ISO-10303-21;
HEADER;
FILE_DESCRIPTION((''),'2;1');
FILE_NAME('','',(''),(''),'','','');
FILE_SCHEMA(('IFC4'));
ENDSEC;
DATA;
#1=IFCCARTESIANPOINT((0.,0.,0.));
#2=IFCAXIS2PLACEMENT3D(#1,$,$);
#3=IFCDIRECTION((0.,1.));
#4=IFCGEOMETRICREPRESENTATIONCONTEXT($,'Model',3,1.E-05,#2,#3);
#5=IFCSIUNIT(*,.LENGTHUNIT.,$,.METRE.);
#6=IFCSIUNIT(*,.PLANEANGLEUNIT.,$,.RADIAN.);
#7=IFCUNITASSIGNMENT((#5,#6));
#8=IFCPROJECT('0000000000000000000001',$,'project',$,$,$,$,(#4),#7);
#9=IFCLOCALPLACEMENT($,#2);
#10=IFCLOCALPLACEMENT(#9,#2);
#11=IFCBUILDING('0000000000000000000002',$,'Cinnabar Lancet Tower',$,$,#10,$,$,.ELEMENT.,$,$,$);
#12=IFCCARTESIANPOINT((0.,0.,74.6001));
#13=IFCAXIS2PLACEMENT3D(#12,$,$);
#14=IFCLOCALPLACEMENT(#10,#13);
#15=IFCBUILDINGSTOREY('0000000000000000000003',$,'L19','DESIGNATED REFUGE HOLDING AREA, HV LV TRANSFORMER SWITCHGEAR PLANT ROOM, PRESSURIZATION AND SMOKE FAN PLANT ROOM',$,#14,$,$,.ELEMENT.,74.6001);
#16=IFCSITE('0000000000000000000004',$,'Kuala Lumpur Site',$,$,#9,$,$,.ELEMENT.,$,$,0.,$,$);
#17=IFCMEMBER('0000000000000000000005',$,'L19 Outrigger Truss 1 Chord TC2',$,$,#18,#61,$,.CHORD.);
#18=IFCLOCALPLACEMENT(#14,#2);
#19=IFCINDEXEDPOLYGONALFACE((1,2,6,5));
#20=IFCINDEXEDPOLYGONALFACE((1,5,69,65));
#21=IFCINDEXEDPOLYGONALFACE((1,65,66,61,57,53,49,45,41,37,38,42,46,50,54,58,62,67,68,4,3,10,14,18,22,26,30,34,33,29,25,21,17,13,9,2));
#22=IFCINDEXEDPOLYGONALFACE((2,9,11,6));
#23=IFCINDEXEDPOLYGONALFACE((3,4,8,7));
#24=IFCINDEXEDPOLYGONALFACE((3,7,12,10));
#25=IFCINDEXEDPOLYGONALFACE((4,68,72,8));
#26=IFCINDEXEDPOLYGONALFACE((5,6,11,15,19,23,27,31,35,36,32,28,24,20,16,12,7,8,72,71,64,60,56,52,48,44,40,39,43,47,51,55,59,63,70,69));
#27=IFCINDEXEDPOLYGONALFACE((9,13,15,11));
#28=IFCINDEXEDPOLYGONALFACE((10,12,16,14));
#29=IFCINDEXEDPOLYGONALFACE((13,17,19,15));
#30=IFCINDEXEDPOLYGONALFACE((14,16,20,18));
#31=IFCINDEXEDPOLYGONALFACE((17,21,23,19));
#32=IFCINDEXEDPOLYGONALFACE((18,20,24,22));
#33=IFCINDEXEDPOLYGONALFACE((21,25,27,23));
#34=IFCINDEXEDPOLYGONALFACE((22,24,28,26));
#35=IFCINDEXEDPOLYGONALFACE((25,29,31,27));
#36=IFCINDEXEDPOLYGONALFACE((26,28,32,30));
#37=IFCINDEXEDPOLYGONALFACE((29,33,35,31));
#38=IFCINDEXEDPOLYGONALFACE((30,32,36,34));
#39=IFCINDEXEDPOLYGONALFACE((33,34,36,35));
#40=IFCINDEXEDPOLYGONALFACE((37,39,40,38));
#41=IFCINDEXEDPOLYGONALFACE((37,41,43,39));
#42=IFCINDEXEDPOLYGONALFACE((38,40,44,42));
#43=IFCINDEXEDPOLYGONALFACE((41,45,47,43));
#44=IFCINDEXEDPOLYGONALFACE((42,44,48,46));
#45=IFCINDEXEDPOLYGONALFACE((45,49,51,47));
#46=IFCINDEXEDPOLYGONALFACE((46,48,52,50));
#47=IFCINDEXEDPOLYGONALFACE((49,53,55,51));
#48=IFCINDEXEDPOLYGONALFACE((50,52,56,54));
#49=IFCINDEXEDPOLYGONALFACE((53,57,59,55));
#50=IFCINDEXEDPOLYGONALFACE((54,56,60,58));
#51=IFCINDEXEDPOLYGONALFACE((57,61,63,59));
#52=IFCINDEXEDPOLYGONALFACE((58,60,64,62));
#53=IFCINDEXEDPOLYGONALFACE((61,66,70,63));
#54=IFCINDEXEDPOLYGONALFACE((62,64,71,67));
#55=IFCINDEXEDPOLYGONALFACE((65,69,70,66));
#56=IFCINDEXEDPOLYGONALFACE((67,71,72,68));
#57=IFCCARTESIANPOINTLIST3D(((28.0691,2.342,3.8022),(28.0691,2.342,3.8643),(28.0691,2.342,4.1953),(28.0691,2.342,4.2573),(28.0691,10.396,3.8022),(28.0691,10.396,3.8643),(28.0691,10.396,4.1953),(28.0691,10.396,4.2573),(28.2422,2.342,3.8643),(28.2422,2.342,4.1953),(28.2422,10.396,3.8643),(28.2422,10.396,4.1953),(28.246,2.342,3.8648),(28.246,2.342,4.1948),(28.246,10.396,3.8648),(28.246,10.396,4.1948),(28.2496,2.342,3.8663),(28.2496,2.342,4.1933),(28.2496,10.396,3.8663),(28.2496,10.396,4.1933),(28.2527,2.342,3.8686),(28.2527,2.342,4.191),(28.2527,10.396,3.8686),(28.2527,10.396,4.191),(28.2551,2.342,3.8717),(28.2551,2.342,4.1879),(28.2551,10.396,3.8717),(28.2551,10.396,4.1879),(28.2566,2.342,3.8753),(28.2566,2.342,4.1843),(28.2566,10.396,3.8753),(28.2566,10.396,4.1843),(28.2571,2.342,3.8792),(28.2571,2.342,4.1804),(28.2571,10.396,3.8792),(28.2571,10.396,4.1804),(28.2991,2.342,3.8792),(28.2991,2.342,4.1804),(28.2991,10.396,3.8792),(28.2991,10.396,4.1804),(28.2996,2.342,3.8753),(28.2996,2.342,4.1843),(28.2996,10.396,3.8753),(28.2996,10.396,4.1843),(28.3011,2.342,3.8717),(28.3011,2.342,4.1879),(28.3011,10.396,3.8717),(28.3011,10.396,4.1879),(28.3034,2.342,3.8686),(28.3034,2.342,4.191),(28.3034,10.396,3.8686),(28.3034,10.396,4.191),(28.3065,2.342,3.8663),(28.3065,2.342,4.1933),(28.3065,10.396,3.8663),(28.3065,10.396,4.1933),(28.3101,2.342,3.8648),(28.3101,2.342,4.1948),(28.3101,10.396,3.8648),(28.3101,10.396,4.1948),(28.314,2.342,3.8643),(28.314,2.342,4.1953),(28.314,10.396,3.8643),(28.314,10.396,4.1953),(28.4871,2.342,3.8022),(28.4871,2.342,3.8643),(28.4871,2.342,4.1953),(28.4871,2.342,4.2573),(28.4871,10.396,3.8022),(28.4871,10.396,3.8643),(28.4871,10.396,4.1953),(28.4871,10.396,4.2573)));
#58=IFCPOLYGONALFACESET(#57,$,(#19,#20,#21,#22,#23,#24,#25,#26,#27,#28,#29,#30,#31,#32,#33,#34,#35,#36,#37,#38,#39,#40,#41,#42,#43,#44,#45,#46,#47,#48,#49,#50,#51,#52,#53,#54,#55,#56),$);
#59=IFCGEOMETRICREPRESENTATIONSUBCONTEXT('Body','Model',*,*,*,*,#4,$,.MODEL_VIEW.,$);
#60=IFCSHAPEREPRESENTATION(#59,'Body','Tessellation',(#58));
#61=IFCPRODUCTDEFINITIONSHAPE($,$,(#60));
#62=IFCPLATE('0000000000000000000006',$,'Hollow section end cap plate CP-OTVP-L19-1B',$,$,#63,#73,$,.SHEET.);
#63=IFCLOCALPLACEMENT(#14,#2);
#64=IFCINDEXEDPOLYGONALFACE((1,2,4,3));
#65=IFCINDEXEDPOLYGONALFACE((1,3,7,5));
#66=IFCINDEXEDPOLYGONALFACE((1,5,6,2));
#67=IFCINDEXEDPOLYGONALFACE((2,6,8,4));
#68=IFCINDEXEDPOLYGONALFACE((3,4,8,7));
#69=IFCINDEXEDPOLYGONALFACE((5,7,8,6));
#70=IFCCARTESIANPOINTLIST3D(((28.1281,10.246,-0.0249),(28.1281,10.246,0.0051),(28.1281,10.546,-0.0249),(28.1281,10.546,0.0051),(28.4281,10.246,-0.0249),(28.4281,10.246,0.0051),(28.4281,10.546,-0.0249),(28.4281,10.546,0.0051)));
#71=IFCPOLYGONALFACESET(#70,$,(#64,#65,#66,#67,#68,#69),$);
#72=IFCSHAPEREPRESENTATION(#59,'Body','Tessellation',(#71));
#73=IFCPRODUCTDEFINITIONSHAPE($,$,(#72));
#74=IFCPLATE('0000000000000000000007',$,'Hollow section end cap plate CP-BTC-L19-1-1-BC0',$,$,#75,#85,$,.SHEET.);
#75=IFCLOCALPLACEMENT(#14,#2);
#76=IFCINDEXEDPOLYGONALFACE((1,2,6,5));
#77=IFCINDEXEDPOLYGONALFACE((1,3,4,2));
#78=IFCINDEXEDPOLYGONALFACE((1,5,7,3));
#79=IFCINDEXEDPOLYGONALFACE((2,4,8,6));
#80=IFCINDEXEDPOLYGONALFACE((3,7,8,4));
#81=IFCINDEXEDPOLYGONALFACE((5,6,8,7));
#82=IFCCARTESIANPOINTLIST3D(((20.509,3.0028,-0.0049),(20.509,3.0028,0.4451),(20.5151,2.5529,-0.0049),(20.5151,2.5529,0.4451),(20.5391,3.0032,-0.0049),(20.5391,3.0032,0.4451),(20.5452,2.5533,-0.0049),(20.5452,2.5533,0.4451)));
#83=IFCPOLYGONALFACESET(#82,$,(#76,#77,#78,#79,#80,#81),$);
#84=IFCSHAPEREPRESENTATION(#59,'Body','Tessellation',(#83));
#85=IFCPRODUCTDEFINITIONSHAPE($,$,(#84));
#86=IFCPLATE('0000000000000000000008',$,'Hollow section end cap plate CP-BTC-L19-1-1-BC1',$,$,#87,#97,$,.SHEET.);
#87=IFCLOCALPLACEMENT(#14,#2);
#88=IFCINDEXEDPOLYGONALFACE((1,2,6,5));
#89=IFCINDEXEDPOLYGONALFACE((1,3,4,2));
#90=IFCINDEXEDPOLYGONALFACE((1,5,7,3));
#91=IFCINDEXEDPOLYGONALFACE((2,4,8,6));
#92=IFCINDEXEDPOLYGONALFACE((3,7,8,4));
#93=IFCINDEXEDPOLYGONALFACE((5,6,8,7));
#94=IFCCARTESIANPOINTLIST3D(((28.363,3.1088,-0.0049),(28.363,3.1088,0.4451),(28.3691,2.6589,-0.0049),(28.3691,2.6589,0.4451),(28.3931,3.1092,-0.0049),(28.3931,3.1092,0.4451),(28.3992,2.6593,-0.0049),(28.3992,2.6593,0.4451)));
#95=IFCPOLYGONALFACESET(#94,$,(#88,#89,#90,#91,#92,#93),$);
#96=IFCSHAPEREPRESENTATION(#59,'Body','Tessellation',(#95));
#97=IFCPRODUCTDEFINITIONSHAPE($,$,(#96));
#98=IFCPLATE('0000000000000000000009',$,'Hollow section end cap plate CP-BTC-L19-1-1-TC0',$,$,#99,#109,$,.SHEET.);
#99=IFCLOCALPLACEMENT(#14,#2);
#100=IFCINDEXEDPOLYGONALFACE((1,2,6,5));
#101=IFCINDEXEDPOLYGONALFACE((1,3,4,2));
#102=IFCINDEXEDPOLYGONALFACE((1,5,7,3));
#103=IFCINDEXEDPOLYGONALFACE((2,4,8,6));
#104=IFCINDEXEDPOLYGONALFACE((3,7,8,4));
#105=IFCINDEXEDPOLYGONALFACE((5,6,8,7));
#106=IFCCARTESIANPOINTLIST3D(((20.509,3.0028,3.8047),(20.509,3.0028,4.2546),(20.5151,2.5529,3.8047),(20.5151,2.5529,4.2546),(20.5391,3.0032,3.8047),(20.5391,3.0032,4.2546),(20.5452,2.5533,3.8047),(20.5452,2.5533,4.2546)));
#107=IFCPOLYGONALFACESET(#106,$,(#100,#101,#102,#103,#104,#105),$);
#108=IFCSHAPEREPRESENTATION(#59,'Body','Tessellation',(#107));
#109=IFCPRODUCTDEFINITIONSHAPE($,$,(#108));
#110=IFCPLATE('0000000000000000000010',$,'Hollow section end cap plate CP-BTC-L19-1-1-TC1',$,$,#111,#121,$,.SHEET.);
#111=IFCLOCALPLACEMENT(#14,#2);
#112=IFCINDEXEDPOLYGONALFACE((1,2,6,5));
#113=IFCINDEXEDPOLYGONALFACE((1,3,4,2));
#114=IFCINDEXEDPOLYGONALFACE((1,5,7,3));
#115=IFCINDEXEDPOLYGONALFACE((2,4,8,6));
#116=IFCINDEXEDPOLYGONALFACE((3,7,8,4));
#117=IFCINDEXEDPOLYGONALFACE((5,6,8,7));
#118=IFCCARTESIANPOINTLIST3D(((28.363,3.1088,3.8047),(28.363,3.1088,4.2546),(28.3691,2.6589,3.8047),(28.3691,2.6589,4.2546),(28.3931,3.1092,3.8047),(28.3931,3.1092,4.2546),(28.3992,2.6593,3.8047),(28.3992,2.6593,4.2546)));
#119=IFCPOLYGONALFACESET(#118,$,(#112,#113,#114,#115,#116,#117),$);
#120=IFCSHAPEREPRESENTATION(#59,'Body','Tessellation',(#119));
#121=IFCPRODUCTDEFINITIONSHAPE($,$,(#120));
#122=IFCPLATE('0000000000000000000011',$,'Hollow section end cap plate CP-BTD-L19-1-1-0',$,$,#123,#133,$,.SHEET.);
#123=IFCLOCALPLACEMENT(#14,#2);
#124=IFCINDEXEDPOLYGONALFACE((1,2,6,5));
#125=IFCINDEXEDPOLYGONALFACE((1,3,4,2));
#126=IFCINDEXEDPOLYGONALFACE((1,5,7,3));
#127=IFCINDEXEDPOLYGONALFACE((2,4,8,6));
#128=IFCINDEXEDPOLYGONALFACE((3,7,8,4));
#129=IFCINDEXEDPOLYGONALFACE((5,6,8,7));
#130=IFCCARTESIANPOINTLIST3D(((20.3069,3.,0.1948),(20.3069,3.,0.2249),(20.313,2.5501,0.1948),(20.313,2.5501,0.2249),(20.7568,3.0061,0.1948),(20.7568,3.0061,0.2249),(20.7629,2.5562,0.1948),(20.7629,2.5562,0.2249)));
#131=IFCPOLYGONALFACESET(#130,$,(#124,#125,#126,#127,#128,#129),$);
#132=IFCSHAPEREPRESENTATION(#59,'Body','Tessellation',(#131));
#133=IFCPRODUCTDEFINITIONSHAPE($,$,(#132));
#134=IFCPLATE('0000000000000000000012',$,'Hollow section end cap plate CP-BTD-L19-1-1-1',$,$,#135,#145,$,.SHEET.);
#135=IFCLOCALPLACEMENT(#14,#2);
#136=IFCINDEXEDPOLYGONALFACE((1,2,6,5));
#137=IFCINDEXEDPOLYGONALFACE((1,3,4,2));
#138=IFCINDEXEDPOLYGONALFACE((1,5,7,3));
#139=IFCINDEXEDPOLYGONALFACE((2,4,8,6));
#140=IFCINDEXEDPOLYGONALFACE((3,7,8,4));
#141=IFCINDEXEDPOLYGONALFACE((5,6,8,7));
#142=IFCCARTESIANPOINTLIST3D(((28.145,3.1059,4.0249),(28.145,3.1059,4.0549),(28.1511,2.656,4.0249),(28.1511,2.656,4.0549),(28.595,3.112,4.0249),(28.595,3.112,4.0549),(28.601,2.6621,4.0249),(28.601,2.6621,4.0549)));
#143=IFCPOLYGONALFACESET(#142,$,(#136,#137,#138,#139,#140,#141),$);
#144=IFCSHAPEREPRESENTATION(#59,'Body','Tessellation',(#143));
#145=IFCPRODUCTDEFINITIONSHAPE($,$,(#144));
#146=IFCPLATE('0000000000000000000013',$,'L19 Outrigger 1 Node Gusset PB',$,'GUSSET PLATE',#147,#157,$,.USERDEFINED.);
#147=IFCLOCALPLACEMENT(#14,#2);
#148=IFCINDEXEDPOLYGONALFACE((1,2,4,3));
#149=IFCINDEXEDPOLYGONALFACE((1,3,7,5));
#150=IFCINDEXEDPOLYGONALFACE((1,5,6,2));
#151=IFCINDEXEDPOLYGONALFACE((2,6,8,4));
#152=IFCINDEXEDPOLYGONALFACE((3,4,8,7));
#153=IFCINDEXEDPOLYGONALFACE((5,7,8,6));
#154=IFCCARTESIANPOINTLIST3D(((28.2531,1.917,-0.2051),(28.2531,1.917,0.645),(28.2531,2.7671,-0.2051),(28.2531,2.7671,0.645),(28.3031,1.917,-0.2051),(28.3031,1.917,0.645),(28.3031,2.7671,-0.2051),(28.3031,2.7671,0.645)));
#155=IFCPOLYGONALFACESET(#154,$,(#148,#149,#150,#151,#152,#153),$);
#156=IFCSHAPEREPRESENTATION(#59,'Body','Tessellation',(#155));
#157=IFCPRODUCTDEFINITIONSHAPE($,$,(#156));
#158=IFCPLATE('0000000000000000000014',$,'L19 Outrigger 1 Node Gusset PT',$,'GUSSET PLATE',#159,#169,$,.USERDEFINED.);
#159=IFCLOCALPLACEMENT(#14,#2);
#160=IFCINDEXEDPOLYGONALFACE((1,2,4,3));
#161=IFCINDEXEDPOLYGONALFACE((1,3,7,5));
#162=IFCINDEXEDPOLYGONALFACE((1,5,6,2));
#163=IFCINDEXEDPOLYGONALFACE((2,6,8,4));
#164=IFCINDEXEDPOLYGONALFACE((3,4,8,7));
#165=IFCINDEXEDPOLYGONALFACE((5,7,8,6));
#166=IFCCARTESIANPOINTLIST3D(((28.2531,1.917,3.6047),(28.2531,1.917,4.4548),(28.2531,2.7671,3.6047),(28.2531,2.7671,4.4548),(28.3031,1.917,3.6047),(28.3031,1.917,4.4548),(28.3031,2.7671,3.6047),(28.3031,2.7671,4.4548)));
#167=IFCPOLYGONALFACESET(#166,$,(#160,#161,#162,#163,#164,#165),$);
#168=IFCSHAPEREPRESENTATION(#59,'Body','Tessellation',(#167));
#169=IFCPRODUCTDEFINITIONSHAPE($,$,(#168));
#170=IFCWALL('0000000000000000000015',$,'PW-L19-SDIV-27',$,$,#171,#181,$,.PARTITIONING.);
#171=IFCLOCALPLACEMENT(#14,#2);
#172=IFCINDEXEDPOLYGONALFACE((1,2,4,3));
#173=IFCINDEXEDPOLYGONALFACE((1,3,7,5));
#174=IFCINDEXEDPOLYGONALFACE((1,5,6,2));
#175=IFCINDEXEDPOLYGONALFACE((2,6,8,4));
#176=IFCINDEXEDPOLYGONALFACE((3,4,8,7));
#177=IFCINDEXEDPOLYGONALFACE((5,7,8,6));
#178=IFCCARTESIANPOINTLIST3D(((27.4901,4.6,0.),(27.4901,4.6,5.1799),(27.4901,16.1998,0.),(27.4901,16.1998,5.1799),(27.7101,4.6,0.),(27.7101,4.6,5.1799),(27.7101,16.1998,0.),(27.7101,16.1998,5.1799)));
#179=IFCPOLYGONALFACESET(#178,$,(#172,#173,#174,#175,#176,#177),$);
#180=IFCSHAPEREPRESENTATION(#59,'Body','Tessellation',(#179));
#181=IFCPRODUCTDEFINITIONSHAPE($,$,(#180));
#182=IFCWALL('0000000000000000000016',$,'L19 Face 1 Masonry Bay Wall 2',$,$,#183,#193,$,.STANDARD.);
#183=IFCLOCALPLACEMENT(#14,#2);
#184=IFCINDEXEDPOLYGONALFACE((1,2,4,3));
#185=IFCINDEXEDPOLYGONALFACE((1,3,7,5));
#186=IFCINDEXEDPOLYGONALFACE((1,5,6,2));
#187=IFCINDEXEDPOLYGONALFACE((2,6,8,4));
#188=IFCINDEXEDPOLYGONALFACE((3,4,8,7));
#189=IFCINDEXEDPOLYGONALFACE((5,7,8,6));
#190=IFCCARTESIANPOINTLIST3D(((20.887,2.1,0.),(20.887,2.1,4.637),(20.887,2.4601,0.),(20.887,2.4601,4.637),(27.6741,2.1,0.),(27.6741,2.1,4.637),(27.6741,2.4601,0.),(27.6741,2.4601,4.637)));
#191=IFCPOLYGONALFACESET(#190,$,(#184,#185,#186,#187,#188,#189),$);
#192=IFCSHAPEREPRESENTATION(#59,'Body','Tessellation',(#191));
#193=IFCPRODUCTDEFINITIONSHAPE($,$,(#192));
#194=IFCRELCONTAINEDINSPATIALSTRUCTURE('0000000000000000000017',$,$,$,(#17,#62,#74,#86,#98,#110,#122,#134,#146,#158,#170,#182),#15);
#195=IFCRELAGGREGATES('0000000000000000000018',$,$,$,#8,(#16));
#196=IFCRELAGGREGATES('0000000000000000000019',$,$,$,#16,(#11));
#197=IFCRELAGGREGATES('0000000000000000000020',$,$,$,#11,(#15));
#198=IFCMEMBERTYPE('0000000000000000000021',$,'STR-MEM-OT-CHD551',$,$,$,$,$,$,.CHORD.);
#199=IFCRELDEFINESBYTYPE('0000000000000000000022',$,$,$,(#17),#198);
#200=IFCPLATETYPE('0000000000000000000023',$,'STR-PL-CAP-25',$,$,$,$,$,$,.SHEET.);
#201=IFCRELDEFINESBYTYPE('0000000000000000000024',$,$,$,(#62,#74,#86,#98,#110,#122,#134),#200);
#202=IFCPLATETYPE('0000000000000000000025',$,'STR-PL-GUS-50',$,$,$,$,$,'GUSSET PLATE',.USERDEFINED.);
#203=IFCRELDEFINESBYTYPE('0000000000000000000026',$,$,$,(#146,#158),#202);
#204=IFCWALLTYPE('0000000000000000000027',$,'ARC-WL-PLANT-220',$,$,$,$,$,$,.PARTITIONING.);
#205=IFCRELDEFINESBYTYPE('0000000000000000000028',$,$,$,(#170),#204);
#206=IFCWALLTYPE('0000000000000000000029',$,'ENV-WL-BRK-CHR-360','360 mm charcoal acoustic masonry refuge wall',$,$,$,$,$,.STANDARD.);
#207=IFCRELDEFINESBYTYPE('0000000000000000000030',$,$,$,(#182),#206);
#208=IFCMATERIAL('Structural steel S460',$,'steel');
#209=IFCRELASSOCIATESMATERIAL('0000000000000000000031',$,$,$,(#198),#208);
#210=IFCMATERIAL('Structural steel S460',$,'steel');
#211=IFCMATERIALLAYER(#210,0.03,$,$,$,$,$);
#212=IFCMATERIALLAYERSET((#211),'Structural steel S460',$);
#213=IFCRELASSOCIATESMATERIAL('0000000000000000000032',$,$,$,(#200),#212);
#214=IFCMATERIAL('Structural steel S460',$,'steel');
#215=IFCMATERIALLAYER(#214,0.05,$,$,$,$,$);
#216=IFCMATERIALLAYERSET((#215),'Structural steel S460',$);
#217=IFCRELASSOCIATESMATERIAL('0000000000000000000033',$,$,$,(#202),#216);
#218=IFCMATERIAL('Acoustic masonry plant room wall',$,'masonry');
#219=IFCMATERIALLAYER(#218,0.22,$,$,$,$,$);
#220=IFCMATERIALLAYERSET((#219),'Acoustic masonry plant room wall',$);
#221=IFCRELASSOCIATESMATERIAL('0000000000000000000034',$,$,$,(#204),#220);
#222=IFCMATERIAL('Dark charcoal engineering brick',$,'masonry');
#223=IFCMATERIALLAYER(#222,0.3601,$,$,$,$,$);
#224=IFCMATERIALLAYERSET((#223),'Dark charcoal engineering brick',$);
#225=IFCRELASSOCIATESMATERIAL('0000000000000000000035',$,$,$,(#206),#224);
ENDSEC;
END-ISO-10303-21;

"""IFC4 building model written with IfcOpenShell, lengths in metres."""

from ifc_helpers import new_model, si_unit, direction, frame, frame_2d, origin, origin_2d, place, context, subcontext, project, spatial, rectangle, i_section, extrude, material, layer, layer_set, material_profile, profile_set, type_object, element, save


model = new_model("IFC4")

# Units and contexts
model_context = context("Model", 3, precision=1e-05, world=origin(), true_north=direction((0.0, 1.0)))
body_context = subcontext(model_context, "Body", "Model", "MODEL_VIEW")
ifc_project = project(units=[si_unit("LENGTHUNIT", "METRE"), si_unit("PLANEANGLEUNIT", "RADIAN")], contexts=[model_context])

# Site, building, storey
site_placement = place(None, origin())
site = spatial("IfcSite", under=ifc_project, at=site_placement, Name="Kuala Lumpur Site", CompositionType="ELEMENT", RefElevation=0.0)
building_placement = place(site_placement, origin())
building = spatial("IfcBuilding", under=site, at=building_placement, Name="Cinnabar Lancet Tower", CompositionType="ELEMENT")
storey_placement = place(building_placement, frame((0.0, 0.0, 74.6001)))
storey = spatial("IfcBuildingStorey", under=building, at=storey_placement, Name="L19", Description="DESIGNATED REFUGE HOLDING AREA, HV LV TRANSFORMER SWITCHGEAR PLANT ROOM, PRESSURIZATION AND SMOKE FAN PLANT ROOM", CompositionType="ELEMENT", Elevation=74.6001)

# Member
ifc_material_1 = material(Name="Structural steel S460", Category="steel")
ifc_material_profile_1 = material_profile(ifc_material_1, i_section(OverallWidth=0.418, OverallDepth=0.4551, WebThickness=0.042, FlangeThickness=0.062, FilletRadius=0.0149, at=origin_2d()), Name="HD 400x551")
ifc_profile_set_1 = profile_set([ifc_material_profile_1], Name="Structural steel S460")
member_type_1 = type_object("IfcMemberType", Name="STR-MEM-OT-CHD551", PredefinedType="CHORD", material=ifc_profile_set_1)
for number, where, z_axis, x_axis, name in (
    (1, (28.2781, 10.396, 4.0298), (0.0, -1.0, 0.0), (1.0, 0.0, 0.0), "L19 Outrigger Truss 1 Chord TC2"),
):
    element("IfcMember", number, at=place(storey_placement, frame(where, z_axis=z_axis, x_axis=x_axis)), inside=storey, type_object=member_type_1, Name=name, PredefinedType="CHORD", context=body_context, shape_type="SweptSolid", body=[
        extrude(i_section(OverallWidth=0.418, OverallDepth=0.4551, WebThickness=0.042, FlangeThickness=0.062, FilletRadius=0.0149, at=origin_2d()), origin(), (0.0, 0.0, 1.0), 8.054),
    ])

# Plates
ifc_material_2 = material(Name="Structural steel S460", Category="steel")
ifc_layer_1 = layer(ifc_material_2, 0.03)
ifc_layer_set_1 = layer_set([ifc_layer_1], Name="Structural steel S460")
plate_type_1 = type_object("IfcPlateType", Name="STR-PL-CAP-25", PredefinedType="SHEET", material=ifc_layer_set_1)
plate_placement = place(storey_placement, frame((28.2781, 10.396, -0.0249), z_axis=(0.0, 0.0, 1.0), x_axis=(1.0, 0.0, 0.0)))
element("IfcPlate", 2, at=plate_placement, inside=storey, type_object=plate_type_1, Name="Hollow section end cap plate CP-OTVP-L19-1B", PredefinedType="SHEET", context=body_context, shape_type="SweptSolid", body=[
    extrude(rectangle(XDim=0.3, YDim=0.3, at=origin_2d()), origin(), (0.0, 0.0, 1.0), 0.03),
])
for number, where, z_axis, x_axis, name in (
    (3, (20.5271, 2.7781, -0.0049), (0.0, 0.0, 1.0), (-0.999909, -0.013526, 0.0), "Hollow section end cap plate CP-BTC-L19-1-1-BC0"),
    (4, (28.3811, 2.884, -0.0049), (0.0, 0.0, 1.0), (0.999909, 0.013526, 0.0), "Hollow section end cap plate CP-BTC-L19-1-1-BC1"),
    (5, (20.5271, 2.7781, 3.8047), (0.0, 0.0, 1.0), (-0.999909, -0.013526, 0.0), "Hollow section end cap plate CP-BTC-L19-1-1-TC0"),
    (6, (28.3811, 2.884, 3.8047), (0.0, 0.0, 1.0), (0.999909, 0.013526, 0.0), "Hollow section end cap plate CP-BTC-L19-1-1-TC1"),
):
    element("IfcPlate", number, at=place(storey_placement, frame(where, z_axis=z_axis, x_axis=x_axis)), inside=storey, type_object=plate_type_1, Name=name, PredefinedType="SHEET", context=body_context, shape_type="SweptSolid", body=[
        extrude(rectangle(XDim=0.03, YDim=0.45, at=origin_2d()), origin(), (0.0, 0.0, 1.0), 0.45),
    ])
for number, where, z_axis, x_axis, name in (
    (7, (20.5349, 2.7781, 0.1948), (0.0, 0.0, 1.0), (-0.999909, -0.013526, 0.0), "Hollow section end cap plate CP-BTD-L19-1-1-0"),
    (8, (28.373, 2.884, 4.0249), (0.0, 0.0, 1.0), (0.999909, 0.013526, 0.0), "Hollow section end cap plate CP-BTD-L19-1-1-1"),
):
    element("IfcPlate", number, at=place(storey_placement, frame(where, z_axis=z_axis, x_axis=x_axis)), inside=storey, type_object=plate_type_1, Name=name, PredefinedType="SHEET", context=body_context, shape_type="SweptSolid", body=[
        extrude(rectangle(XDim=0.45, YDim=0.45, at=origin_2d()), origin(), (0.0, 0.0, 1.0), 0.03),
    ])
ifc_material_3 = material(Name="Structural steel S460", Category="steel")
ifc_layer_2 = layer(ifc_material_3, 0.05)
ifc_layer_set_2 = layer_set([ifc_layer_2], Name="Structural steel S460")
plate_type_2 = type_object("IfcPlateType", Name="STR-PL-GUS-50", ElementType="GUSSET PLATE", PredefinedType="USERDEFINED", material=ifc_layer_set_2)
for number, where, z_axis, x_axis, name in (
    (9, (28.2781, 2.342, -0.2051), (0.0, 0.0, 1.0), (1.0, 0.0, 0.0), "L19 Outrigger 1 Node Gusset PB"),
    (10, (28.2781, 2.342, 3.6047), (0.0, 0.0, 1.0), (1.0, 0.0, 0.0), "L19 Outrigger 1 Node Gusset PT"),
):
    element("IfcPlate", number, at=place(storey_placement, frame(where, z_axis=z_axis, x_axis=x_axis)), inside=storey, type_object=plate_type_2, Name=name, ObjectType="GUSSET PLATE", PredefinedType="USERDEFINED", context=body_context, shape_type="SweptSolid", body=[
        extrude(rectangle(XDim=0.05, YDim=0.8501, at=origin_2d()), origin(), (0.0, 0.0, 1.0), 0.8501),
    ])

# Walls
ifc_material_4 = material(Name="Acoustic masonry plant room wall", Category="masonry")
ifc_layer_3 = layer(ifc_material_4, 0.22)
ifc_layer_set_3 = layer_set([ifc_layer_3], Name="Acoustic masonry plant room wall")
wall_type_1 = type_object("IfcWallType", Name="ARC-WL-PLANT-220", PredefinedType="PARTITIONING", material=ifc_layer_set_3)
wall_1_placement = place(storey_placement, frame((27.6001, 4.6001, 0.0), z_axis=(0.0, 0.0, 1.0), x_axis=(0.0, 1.0, 0.0)))
element("IfcWall", 11, at=wall_1_placement, inside=storey, type_object=wall_type_1, Name="PW-L19-SDIV-27", PredefinedType="PARTITIONING", context=body_context, shape_type="SweptSolid", body=[
    extrude(rectangle(XDim=11.5999, YDim=0.22, at=frame_2d((5.7998, 0.0))), origin(), (0.0, 0.0, 1.0), 5.1799),
])
ifc_material_5 = material(Name="Dark charcoal engineering brick", Category="masonry")
ifc_layer_4 = layer(ifc_material_5, 0.3601)
ifc_layer_set_4 = layer_set([ifc_layer_4], Name="Dark charcoal engineering brick")
wall_type_2 = type_object("IfcWallType", Name="ENV-WL-BRK-CHR-360", Description="360 mm charcoal acoustic masonry refuge wall", PredefinedType="STANDARD", material=ifc_layer_set_4)
wall_2_placement = place(storey_placement, frame((20.887, 2.28, 0.0), z_axis=(0.0, 0.0, 1.0), x_axis=(1.0, 0.0, 0.0)))
element("IfcWall", 12, at=wall_2_placement, inside=storey, type_object=wall_type_2, Name="L19 Face 1 Masonry Bay Wall 2", PredefinedType="STANDARD", context=body_context, shape_type="SweptSolid", body=[
    extrude(rectangle(XDim=6.7871, YDim=0.3601, at=frame_2d((3.3936, 0.0))), origin(), (0.0, 0.0, 1.0), 4.637),
])

save(model, "model.ifc")
